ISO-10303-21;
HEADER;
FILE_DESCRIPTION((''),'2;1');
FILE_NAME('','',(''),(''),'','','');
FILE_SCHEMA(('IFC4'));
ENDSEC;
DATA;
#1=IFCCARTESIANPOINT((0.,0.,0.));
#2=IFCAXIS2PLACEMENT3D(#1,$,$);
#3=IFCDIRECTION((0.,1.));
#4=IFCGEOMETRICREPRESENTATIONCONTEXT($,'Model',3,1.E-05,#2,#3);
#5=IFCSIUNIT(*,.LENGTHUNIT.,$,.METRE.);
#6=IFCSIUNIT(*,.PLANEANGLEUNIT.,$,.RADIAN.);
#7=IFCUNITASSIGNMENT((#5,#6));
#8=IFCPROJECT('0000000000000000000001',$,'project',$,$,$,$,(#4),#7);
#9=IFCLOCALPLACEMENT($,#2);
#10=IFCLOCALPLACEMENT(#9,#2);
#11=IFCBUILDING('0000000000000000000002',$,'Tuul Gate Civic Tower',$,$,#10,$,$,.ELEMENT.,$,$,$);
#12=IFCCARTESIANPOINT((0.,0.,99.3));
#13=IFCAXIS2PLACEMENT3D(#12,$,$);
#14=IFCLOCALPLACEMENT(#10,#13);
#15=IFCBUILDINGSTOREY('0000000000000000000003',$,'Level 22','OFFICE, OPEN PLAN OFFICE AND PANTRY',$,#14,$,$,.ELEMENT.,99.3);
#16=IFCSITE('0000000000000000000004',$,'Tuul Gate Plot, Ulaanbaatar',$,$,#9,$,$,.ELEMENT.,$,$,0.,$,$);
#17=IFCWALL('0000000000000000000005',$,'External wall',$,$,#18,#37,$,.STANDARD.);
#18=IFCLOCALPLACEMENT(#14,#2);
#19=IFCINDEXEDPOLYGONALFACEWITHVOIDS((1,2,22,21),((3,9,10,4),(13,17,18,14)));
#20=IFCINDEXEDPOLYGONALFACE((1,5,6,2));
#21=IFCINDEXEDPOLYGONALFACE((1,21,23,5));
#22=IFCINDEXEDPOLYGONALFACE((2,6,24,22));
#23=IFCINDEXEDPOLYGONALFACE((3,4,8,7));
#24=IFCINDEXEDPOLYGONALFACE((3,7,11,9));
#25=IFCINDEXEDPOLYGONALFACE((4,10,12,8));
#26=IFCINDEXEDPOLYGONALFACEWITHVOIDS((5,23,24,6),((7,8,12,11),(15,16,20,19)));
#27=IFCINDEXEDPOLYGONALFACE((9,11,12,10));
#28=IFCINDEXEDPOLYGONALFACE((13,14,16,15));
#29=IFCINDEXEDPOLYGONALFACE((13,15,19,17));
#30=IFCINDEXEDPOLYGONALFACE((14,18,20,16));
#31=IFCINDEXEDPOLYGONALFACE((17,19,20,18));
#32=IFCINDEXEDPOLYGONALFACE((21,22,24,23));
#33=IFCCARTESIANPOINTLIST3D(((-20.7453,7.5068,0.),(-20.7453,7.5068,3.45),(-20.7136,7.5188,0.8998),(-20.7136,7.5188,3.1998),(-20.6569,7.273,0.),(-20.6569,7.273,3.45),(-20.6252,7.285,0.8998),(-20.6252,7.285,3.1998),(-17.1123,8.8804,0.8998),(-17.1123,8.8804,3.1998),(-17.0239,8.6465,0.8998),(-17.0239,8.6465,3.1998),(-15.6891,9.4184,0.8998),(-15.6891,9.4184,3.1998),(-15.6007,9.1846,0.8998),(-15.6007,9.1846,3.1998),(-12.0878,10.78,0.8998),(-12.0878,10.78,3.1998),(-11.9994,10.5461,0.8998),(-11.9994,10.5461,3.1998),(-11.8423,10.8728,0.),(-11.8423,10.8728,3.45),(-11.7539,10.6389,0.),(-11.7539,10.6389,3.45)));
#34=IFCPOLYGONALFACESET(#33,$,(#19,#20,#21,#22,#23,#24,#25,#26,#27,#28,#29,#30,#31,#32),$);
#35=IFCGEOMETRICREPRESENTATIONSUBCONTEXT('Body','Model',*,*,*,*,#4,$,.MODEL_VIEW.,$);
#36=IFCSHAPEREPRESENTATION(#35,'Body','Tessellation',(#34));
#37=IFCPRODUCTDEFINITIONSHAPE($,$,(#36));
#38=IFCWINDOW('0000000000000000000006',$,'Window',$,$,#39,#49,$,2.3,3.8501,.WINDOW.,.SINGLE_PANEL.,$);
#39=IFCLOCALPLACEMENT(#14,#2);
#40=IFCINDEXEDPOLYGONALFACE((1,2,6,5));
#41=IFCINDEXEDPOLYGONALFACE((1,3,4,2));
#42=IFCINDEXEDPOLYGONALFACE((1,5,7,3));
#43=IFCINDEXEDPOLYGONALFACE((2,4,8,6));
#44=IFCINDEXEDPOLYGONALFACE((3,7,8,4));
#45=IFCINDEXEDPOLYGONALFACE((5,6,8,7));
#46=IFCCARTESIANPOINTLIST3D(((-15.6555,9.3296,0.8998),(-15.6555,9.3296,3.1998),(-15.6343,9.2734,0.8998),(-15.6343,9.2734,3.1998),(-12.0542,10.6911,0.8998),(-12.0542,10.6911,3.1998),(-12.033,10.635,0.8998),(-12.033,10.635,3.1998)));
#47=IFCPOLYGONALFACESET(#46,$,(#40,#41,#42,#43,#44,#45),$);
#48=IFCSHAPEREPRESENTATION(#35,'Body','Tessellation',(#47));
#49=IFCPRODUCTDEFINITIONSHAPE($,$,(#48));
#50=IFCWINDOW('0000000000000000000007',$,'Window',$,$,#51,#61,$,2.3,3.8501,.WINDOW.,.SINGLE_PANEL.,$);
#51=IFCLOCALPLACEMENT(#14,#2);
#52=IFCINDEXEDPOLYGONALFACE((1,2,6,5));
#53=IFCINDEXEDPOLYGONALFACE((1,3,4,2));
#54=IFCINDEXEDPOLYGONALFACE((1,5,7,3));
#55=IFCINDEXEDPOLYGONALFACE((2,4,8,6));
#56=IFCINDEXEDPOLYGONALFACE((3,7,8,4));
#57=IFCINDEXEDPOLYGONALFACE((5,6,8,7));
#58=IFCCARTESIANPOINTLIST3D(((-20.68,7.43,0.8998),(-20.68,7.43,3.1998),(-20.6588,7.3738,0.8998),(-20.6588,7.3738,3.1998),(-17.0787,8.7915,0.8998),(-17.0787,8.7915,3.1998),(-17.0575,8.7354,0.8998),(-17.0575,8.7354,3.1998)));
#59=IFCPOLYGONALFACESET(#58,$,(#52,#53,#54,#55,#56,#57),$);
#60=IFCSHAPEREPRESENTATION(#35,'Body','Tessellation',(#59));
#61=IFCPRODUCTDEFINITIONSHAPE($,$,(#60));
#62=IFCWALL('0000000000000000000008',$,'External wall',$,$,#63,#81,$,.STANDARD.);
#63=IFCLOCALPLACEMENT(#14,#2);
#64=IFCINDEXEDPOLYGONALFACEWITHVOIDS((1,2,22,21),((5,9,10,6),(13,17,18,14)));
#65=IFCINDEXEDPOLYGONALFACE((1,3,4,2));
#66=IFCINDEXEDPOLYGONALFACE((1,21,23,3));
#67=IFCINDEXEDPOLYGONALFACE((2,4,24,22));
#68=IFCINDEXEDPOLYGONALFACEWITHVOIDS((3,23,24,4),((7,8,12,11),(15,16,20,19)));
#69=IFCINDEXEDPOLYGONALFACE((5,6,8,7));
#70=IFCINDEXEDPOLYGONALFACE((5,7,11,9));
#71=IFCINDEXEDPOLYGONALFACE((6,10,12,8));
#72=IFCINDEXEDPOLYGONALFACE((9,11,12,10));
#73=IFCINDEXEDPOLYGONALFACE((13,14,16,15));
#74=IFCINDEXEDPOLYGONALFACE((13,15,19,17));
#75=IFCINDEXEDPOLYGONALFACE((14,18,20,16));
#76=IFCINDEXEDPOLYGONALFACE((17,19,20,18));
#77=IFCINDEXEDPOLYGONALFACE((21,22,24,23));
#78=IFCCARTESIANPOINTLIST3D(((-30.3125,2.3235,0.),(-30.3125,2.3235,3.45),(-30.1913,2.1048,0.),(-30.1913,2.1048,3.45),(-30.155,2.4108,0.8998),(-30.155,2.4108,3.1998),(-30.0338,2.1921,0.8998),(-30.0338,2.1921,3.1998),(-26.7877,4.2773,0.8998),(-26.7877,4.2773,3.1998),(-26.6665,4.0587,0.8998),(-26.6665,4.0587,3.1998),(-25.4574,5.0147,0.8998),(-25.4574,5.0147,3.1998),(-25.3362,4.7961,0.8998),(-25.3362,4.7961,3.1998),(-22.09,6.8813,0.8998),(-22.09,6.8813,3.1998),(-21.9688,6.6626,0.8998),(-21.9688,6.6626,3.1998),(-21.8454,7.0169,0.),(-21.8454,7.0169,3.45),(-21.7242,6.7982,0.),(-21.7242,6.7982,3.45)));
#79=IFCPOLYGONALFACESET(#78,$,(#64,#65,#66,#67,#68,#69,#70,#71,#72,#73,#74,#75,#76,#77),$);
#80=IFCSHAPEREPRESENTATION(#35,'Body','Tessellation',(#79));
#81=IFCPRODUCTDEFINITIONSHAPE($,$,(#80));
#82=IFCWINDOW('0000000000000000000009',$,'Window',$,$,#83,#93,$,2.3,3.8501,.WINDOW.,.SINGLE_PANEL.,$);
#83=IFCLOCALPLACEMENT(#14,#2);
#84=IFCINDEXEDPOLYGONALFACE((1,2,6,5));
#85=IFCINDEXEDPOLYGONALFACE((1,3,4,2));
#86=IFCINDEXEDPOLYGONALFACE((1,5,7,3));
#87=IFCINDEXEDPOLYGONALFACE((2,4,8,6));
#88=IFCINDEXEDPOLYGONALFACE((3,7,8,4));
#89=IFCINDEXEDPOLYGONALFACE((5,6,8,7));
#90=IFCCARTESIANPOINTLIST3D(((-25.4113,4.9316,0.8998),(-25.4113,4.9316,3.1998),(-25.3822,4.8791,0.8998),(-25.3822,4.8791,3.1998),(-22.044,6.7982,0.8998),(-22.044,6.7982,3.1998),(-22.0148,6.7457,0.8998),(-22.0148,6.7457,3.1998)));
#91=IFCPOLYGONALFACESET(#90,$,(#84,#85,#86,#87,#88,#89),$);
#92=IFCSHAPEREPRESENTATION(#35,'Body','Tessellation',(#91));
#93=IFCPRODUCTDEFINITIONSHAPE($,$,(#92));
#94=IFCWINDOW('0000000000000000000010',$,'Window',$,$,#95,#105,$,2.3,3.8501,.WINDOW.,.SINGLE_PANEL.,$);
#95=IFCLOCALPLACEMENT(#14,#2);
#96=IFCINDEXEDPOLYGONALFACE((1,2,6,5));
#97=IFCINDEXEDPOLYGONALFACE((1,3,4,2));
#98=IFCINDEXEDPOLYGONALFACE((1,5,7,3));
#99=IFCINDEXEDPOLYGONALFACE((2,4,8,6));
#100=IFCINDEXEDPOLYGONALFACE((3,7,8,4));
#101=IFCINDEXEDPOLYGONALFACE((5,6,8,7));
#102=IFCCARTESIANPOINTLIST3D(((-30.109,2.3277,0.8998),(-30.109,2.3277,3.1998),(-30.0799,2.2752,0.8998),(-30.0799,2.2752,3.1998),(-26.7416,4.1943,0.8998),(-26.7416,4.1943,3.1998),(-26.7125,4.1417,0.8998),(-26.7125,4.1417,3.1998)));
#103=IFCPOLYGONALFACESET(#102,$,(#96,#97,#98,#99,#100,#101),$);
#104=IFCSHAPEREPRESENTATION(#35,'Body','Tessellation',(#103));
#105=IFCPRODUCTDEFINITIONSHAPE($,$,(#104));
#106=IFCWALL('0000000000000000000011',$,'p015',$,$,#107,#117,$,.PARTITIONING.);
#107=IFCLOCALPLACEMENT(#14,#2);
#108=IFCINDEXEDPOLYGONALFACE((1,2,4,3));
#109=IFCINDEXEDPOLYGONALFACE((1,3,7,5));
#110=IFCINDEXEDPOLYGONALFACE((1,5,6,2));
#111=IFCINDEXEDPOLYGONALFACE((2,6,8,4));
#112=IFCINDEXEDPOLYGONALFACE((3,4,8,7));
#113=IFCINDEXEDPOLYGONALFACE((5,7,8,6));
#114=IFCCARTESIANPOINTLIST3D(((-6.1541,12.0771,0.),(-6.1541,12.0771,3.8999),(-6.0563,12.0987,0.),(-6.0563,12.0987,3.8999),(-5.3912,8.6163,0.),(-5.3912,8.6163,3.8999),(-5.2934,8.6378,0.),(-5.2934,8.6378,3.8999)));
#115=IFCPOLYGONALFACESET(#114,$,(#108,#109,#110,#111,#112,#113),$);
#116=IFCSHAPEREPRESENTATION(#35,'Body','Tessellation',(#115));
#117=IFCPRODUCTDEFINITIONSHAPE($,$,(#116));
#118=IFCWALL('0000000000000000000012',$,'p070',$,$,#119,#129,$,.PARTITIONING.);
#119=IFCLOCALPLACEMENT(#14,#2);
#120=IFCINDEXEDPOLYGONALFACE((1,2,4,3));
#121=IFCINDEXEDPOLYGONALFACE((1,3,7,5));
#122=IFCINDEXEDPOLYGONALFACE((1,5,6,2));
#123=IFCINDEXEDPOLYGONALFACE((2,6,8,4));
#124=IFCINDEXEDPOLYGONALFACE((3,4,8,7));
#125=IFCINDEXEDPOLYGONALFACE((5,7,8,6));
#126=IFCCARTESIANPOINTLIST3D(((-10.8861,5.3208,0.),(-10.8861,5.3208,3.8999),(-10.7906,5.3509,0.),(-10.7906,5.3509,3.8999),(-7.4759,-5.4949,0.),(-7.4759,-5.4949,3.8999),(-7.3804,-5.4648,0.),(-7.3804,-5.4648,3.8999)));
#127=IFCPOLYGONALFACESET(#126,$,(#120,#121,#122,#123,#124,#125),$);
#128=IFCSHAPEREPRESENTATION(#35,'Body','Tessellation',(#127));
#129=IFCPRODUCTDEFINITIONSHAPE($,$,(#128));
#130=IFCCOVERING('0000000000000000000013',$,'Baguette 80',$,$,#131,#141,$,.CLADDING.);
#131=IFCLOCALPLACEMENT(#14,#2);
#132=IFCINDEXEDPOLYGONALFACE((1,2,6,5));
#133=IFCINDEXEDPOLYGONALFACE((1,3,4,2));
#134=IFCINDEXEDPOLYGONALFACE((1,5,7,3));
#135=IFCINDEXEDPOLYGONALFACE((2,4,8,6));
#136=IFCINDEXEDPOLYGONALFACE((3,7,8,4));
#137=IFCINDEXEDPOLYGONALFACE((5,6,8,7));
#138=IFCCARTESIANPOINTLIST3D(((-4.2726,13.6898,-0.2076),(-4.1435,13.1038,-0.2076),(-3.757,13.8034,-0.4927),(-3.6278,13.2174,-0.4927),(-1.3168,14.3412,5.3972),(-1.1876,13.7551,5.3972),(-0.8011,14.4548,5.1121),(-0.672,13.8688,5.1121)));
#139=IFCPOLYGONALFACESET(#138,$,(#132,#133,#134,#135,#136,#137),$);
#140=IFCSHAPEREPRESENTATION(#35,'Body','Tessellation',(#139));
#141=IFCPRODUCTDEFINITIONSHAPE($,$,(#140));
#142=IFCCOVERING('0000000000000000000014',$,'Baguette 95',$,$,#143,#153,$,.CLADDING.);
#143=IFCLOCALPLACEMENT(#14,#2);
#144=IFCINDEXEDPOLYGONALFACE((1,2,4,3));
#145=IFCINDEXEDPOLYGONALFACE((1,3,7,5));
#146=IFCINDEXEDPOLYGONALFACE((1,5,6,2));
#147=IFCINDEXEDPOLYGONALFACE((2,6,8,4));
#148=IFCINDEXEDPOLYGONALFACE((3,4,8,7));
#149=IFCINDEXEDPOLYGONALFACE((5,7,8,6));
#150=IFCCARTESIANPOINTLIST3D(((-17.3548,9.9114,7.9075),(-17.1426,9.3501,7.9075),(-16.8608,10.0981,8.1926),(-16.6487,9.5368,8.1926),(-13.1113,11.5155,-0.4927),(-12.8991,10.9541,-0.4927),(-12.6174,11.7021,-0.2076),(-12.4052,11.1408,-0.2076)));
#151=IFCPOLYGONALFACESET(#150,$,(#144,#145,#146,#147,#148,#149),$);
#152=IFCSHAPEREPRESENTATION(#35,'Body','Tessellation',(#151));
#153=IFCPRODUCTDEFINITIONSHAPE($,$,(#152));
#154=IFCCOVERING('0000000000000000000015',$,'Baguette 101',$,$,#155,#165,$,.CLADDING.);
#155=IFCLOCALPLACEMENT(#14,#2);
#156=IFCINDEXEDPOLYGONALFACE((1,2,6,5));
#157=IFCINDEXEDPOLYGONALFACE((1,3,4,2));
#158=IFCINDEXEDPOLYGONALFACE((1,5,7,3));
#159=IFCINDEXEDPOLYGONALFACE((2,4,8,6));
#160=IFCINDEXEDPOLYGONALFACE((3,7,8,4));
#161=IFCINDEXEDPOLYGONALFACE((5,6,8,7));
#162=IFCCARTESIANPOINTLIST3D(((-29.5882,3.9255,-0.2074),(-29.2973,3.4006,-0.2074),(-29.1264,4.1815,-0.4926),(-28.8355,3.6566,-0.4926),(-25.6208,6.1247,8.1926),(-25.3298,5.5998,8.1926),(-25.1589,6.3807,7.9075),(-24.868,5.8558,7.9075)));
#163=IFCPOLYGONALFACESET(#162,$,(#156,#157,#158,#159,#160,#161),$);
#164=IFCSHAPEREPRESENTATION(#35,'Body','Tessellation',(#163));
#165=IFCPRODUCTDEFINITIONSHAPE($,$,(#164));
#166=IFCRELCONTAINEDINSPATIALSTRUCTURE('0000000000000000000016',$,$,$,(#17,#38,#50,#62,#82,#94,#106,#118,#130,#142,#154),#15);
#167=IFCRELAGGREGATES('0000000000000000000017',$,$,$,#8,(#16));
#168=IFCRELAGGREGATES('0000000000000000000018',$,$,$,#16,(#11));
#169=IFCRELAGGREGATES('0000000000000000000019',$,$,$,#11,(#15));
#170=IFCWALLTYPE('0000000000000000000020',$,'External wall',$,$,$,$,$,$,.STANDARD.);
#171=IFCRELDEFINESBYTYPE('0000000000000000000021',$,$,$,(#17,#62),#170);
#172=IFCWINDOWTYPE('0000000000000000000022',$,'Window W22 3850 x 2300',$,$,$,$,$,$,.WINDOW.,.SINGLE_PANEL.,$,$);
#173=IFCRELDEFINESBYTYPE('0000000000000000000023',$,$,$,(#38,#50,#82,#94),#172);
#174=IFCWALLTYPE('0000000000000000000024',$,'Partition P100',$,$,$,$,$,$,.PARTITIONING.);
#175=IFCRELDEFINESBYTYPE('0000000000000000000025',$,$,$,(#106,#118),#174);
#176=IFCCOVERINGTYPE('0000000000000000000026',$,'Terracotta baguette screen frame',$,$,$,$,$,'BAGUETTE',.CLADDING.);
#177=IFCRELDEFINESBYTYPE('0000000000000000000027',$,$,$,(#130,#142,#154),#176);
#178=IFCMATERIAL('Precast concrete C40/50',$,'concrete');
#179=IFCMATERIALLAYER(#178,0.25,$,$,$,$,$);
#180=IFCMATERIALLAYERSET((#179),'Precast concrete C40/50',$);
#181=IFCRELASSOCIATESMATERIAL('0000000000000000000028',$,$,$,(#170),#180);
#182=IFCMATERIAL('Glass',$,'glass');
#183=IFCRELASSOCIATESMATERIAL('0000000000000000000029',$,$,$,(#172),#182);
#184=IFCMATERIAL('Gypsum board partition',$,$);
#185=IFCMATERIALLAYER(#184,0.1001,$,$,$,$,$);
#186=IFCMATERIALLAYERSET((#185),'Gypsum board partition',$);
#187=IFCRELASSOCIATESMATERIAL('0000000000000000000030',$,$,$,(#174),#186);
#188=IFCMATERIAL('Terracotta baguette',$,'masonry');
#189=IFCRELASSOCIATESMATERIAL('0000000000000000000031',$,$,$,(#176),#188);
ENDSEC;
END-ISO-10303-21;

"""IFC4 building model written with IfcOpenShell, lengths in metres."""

from ifc_helpers import new_model, si_unit, direction, frame, frame_2d, origin, origin_2d, place, context, subcontext, project, spatial, rectangle, extrude, material, layer, layer_set, material_profile, profile_set, type_object, element, fill, save


model = new_model("IFC4")

# Units and contexts
model_context = context("Model", 3, precision=1e-05, world=origin(), true_north=direction((0.0, 1.0)))
body_context = subcontext(model_context, "Body", "Model", "MODEL_VIEW")
ifc_project = project(units=[si_unit("LENGTHUNIT", "METRE"), si_unit("PLANEANGLEUNIT", "RADIAN")], contexts=[model_context])

# Site, building, storey
site_placement = place(None, origin())
site = spatial("IfcSite", under=ifc_project, at=site_placement, Name="Tuul Gate Plot, Ulaanbaatar", CompositionType="ELEMENT", RefElevation=0.0)
building_placement = place(site_placement, origin())
building = spatial("IfcBuilding", under=site, at=building_placement, Name="Tuul Gate Civic Tower", CompositionType="ELEMENT")
storey_placement = place(building_placement, frame((0.0, 0.0, 99.3)))
storey = spatial("IfcBuildingStorey", under=building, at=storey_placement, Name="Level 22", Description="OFFICE, OPEN PLAN OFFICE AND PANTRY", CompositionType="ELEMENT", Elevation=99.3)

# Walls, openings, windows
ifc_material_1 = material(Name="Precast concrete C40/50", Category="concrete")
ifc_layer_1 = layer(ifc_material_1, 0.25)
ifc_layer_set_1 = layer_set([ifc_layer_1], Name="Precast concrete C40/50")
wall_type_1 = type_object("IfcWallType", Name="External wall", PredefinedType="STANDARD", material=ifc_layer_set_1)
ifc_material_2 = material(Name="Glass", Category="glass")
window_type = type_object("IfcWindowType", Name="Window W22 3850 x 2300", PartitioningType="SINGLE_PANEL", PredefinedType="WINDOW", material=ifc_material_2)
wall_1_placement = place(storey_placement, frame((-11.7981, 10.7559, 0.0), z_axis=(0.0, 0.0, 1.0), x_axis=(-0.935382, -0.353638, 0.0)))
wall_1 = element("IfcWall", 1, at=wall_1_placement, inside=storey, type_object=wall_type_1, Name="External wall", PredefinedType="STANDARD", context=body_context, shape_type="SweptSolid", body=[
    extrude(rectangle(XDim=9.5181, YDim=0.25, at=frame_2d((4.759, 0.0))), origin(), (0.0, 0.0, 1.0), 3.45),
])
opening_1_placement = place(wall_1_placement, frame((0.2625, 0.0, 0.8999)))
opening_1 = element("IfcOpeningElement", 2, at=opening_1_placement, cuts=wall_1, PredefinedType="OPENING", context=body_context, shape_type="SweptSolid", body=[
    extrude(rectangle(XDim=3.8501, YDim=2.3, at=frame_2d((1.925, 1.1499))), frame((0.0, 0.135, 0.0), z_axis=(0.0, -1.0, 0.0), x_axis=(1.0, 0.0, 0.0)), (0.0, 0.0, 1.0), 0.27),
])
opening_2_placement = place(wall_1_placement, frame((5.634, 0.0, 0.8999)))
opening_2 = element("IfcOpeningElement", 3, at=opening_2_placement, cuts=wall_1, PredefinedType="OPENING", context=body_context, shape_type="SweptSolid", body=[
    extrude(rectangle(XDim=3.8501, YDim=2.3, at=frame_2d((1.925, 1.1499))), frame((0.0, 0.135, 0.0), z_axis=(0.0, -1.0, 0.0), x_axis=(1.0, 0.0, 0.0)), (0.0, 0.0, 1.0), 0.27),
])
window_1_placement = place(opening_1_placement, origin())
window_1 = element("IfcWindow", 4, at=window_1_placement, inside=storey, type_object=window_type, Name="Window", OverallHeight=2.3, OverallWidth=3.8501, PartitioningType="SINGLE_PANEL", PredefinedType="WINDOW", context=body_context, shape_type="SweptSolid", body=[
    extrude(rectangle(XDim=3.8501, YDim=2.3, at=frame_2d((1.925, 1.1499))), frame((0.0, 0.03, 0.0), z_axis=(0.0, -1.0, 0.0), x_axis=(1.0, 0.0, 0.0)), (0.0, 0.0, 1.0), 0.0601),
])
fill(opening_1, window_1)
window_2_placement = place(opening_2_placement, origin())
window_2 = element("IfcWindow", 5, at=window_2_placement, inside=storey, type_object=window_type, Name="Window", OverallHeight=2.3, OverallWidth=3.8501, PartitioningType="SINGLE_PANEL", PredefinedType="WINDOW", context=body_context, shape_type="SweptSolid", body=[
    extrude(rectangle(XDim=3.8501, YDim=2.3, at=frame_2d((1.925, 1.1499))), frame((0.0, 0.03, 0.0), z_axis=(0.0, -1.0, 0.0), x_axis=(1.0, 0.0, 0.0)), (0.0, 0.0, 1.0), 0.0601),
])
fill(opening_2, window_2)
wall_2_placement = place(storey_placement, frame((-21.7849, 6.9075, 0.0), z_axis=(0.0, 0.0, 1.0), x_axis=(-0.87462, -0.48481, 0.0)))
wall_2 = element("IfcWall", 6, at=wall_2_placement, inside=storey, type_object=wall_type_1, Name="External wall", PredefinedType="STANDARD", context=body_context, shape_type="SweptSolid", body=[
    extrude(rectangle(XDim=9.6809, YDim=0.25, at=frame_2d((4.8403, 0.0))), origin(), (0.0, 0.0, 1.0), 3.45),
])
opening_3_placement = place(wall_2_placement, frame((0.2795, 0.0, 0.8999)))
opening_3 = element("IfcOpeningElement", 7, at=opening_3_placement, cuts=wall_2, PredefinedType="OPENING", context=body_context, shape_type="SweptSolid", body=[
    extrude(rectangle(XDim=3.8501, YDim=2.3, at=frame_2d((1.925, 1.1499))), frame((0.0, 0.135, 0.0), z_axis=(0.0, -1.0, 0.0), x_axis=(1.0, 0.0, 0.0)), (0.0, 0.0, 1.0), 0.27),
])
opening_4_placement = place(wall_2_placement, frame((5.6506, 0.0, 0.8999)))
opening_4 = element("IfcOpeningElement", 8, at=opening_4_placement, cuts=wall_2, PredefinedType="OPENING", context=body_context, shape_type="SweptSolid", body=[
    extrude(rectangle(XDim=3.8501, YDim=2.3, at=frame_2d((1.925, 1.1499))), frame((0.0, 0.135, 0.0), z_axis=(0.0, -1.0, 0.0), x_axis=(1.0, 0.0, 0.0)), (0.0, 0.0, 1.0), 0.27),
])
window_3_placement = place(opening_3_placement, origin())
window_3 = element("IfcWindow", 9, at=window_3_placement, inside=storey, type_object=window_type, Name="Window", OverallHeight=2.3, OverallWidth=3.8501, PartitioningType="SINGLE_PANEL", PredefinedType="WINDOW", context=body_context, shape_type="SweptSolid", body=[
    extrude(rectangle(XDim=3.8501, YDim=2.3, at=frame_2d((1.925, 1.1499))), frame((0.0, 0.03, 0.0), z_axis=(0.0, -1.0, 0.0), x_axis=(1.0, 0.0, 0.0)), (0.0, 0.0, 1.0), 0.0601),
])
fill(opening_3, window_3)
window_4_placement = place(opening_4_placement, origin())
window_4 = element("IfcWindow", 10, at=window_4_placement, inside=storey, type_object=window_type, Name="Window", OverallHeight=2.3, OverallWidth=3.8501, PartitioningType="SINGLE_PANEL", PredefinedType="WINDOW", context=body_context, shape_type="SweptSolid", body=[
    extrude(rectangle(XDim=3.8501, YDim=2.3, at=frame_2d((1.925, 1.1499))), frame((0.0, 0.03, 0.0), z_axis=(0.0, -1.0, 0.0), x_axis=(1.0, 0.0, 0.0)), (0.0, 0.0, 1.0), 0.0601),
])
fill(opening_4, window_4)

# Walls
ifc_material_3 = material(Name="Gypsum board partition")
ifc_layer_2 = layer(ifc_material_3, 0.1001)
ifc_layer_set_2 = layer_set([ifc_layer_2], Name="Gypsum board partition")
wall_type_2 = type_object("IfcWallType", Name="Partition P100", PredefinedType="PARTITIONING", material=ifc_layer_set_2)
wall_3_placement = place(storey_placement, frame((-6.1052, 12.0879, 0.0), z_axis=(0.0, 0.0, 1.0), x_axis=(0.215274, -0.976554, 0.0)))
element("IfcWall", 11, at=wall_3_placement, inside=storey, type_object=wall_type_2, Name="p015", PredefinedType="PARTITIONING", context=body_context, shape_type="SweptSolid", body=[
    extrude(rectangle(XDim=3.5439, YDim=0.1001, at=frame_2d((1.772, 0.0))), origin(), (0.0, 0.0, 1.0), 3.8999),
])
wall_4_placement = place(storey_placement, frame((-10.8384, 5.3359, 0.0), z_axis=(0.0, 0.0, 1.0), x_axis=(0.300705, -0.953717, 0.0)))
element("IfcWall", 12, at=wall_4_placement, inside=storey, type_object=wall_type_2, Name="p070", PredefinedType="PARTITIONING", context=body_context, shape_type="SweptSolid", body=[
    extrude(rectangle(XDim=11.3406, YDim=0.1001, at=frame_2d((5.6704, 0.0))), origin(), (0.0, 0.0, 1.0), 3.8999),
])

# Coverings
ifc_material_4 = material(Name="Terracotta baguette", Category="masonry")
ifc_material_profile_1 = material_profile(ifc_material_4, rectangle(XDim=0.6001, YDim=0.6001, at=origin_2d()), Name="Terracotta baguette screen frame")
ifc_profile_set_1 = profile_set([ifc_material_profile_1], Name="Terracotta baguette")
covering_type = type_object("IfcCoveringType", Name="Terracotta baguette screen frame", ElementType="BAGUETTE", PredefinedType="CLADDING", material=ifc_profile_set_1)
covering_1_placement = place(storey_placement, frame((-0.9944, 14.105, 5.2546), z_axis=(-0.464036, -0.102259, -0.879894), x_axis=(0.215205, -0.976569, 0.0)))
element("IfcCovering", 13, at=covering_1_placement, inside=storey, type_object=covering_type, Name="Baguette 80", PredefinedType="CLADDING", context=body_context, shape_type="SweptSolid", body=[
    extrude(rectangle(XDim=0.6001, YDim=0.6001, at=origin_2d()), origin(), (0.0, 0.0, 1.0), 6.3699),
])
covering_2_placement = place(storey_placement, frame((-17.0017, 9.7241, 8.05), z_axis=(0.444484, 0.168014, -0.879889), x_axis=(-0.353582, 0.935404, 0.0)))
element("IfcCovering", 14, at=covering_2_placement, inside=storey, type_object=covering_type, Name="Baguette 95", PredefinedType="CLADDING", context=body_context, shape_type="SweptSolid", body=[
    extrude(rectangle(XDim=0.6001, YDim=0.6001, at=origin_2d()), origin(), (0.0, 0.0, 1.0), 9.5469),
])
covering_3_placement = place(storey_placement, frame((-25.2444, 5.9902, 8.05), z_axis=(-0.41559, -0.230363, -0.879897), x_axis=(0.484806, -0.874621, 0.0)))
element("IfcCovering", 15, at=covering_3_placement, inside=storey, type_object=covering_type, Name="Baguette 101", PredefinedType="CLADDING", context=body_context, shape_type="SweptSolid", body=[
    extrude(rectangle(XDim=0.6001, YDim=0.6001, at=origin_2d()), origin(), (0.0, 0.0, 1.0), 9.5466),
])

save(model, "model.ifc")
